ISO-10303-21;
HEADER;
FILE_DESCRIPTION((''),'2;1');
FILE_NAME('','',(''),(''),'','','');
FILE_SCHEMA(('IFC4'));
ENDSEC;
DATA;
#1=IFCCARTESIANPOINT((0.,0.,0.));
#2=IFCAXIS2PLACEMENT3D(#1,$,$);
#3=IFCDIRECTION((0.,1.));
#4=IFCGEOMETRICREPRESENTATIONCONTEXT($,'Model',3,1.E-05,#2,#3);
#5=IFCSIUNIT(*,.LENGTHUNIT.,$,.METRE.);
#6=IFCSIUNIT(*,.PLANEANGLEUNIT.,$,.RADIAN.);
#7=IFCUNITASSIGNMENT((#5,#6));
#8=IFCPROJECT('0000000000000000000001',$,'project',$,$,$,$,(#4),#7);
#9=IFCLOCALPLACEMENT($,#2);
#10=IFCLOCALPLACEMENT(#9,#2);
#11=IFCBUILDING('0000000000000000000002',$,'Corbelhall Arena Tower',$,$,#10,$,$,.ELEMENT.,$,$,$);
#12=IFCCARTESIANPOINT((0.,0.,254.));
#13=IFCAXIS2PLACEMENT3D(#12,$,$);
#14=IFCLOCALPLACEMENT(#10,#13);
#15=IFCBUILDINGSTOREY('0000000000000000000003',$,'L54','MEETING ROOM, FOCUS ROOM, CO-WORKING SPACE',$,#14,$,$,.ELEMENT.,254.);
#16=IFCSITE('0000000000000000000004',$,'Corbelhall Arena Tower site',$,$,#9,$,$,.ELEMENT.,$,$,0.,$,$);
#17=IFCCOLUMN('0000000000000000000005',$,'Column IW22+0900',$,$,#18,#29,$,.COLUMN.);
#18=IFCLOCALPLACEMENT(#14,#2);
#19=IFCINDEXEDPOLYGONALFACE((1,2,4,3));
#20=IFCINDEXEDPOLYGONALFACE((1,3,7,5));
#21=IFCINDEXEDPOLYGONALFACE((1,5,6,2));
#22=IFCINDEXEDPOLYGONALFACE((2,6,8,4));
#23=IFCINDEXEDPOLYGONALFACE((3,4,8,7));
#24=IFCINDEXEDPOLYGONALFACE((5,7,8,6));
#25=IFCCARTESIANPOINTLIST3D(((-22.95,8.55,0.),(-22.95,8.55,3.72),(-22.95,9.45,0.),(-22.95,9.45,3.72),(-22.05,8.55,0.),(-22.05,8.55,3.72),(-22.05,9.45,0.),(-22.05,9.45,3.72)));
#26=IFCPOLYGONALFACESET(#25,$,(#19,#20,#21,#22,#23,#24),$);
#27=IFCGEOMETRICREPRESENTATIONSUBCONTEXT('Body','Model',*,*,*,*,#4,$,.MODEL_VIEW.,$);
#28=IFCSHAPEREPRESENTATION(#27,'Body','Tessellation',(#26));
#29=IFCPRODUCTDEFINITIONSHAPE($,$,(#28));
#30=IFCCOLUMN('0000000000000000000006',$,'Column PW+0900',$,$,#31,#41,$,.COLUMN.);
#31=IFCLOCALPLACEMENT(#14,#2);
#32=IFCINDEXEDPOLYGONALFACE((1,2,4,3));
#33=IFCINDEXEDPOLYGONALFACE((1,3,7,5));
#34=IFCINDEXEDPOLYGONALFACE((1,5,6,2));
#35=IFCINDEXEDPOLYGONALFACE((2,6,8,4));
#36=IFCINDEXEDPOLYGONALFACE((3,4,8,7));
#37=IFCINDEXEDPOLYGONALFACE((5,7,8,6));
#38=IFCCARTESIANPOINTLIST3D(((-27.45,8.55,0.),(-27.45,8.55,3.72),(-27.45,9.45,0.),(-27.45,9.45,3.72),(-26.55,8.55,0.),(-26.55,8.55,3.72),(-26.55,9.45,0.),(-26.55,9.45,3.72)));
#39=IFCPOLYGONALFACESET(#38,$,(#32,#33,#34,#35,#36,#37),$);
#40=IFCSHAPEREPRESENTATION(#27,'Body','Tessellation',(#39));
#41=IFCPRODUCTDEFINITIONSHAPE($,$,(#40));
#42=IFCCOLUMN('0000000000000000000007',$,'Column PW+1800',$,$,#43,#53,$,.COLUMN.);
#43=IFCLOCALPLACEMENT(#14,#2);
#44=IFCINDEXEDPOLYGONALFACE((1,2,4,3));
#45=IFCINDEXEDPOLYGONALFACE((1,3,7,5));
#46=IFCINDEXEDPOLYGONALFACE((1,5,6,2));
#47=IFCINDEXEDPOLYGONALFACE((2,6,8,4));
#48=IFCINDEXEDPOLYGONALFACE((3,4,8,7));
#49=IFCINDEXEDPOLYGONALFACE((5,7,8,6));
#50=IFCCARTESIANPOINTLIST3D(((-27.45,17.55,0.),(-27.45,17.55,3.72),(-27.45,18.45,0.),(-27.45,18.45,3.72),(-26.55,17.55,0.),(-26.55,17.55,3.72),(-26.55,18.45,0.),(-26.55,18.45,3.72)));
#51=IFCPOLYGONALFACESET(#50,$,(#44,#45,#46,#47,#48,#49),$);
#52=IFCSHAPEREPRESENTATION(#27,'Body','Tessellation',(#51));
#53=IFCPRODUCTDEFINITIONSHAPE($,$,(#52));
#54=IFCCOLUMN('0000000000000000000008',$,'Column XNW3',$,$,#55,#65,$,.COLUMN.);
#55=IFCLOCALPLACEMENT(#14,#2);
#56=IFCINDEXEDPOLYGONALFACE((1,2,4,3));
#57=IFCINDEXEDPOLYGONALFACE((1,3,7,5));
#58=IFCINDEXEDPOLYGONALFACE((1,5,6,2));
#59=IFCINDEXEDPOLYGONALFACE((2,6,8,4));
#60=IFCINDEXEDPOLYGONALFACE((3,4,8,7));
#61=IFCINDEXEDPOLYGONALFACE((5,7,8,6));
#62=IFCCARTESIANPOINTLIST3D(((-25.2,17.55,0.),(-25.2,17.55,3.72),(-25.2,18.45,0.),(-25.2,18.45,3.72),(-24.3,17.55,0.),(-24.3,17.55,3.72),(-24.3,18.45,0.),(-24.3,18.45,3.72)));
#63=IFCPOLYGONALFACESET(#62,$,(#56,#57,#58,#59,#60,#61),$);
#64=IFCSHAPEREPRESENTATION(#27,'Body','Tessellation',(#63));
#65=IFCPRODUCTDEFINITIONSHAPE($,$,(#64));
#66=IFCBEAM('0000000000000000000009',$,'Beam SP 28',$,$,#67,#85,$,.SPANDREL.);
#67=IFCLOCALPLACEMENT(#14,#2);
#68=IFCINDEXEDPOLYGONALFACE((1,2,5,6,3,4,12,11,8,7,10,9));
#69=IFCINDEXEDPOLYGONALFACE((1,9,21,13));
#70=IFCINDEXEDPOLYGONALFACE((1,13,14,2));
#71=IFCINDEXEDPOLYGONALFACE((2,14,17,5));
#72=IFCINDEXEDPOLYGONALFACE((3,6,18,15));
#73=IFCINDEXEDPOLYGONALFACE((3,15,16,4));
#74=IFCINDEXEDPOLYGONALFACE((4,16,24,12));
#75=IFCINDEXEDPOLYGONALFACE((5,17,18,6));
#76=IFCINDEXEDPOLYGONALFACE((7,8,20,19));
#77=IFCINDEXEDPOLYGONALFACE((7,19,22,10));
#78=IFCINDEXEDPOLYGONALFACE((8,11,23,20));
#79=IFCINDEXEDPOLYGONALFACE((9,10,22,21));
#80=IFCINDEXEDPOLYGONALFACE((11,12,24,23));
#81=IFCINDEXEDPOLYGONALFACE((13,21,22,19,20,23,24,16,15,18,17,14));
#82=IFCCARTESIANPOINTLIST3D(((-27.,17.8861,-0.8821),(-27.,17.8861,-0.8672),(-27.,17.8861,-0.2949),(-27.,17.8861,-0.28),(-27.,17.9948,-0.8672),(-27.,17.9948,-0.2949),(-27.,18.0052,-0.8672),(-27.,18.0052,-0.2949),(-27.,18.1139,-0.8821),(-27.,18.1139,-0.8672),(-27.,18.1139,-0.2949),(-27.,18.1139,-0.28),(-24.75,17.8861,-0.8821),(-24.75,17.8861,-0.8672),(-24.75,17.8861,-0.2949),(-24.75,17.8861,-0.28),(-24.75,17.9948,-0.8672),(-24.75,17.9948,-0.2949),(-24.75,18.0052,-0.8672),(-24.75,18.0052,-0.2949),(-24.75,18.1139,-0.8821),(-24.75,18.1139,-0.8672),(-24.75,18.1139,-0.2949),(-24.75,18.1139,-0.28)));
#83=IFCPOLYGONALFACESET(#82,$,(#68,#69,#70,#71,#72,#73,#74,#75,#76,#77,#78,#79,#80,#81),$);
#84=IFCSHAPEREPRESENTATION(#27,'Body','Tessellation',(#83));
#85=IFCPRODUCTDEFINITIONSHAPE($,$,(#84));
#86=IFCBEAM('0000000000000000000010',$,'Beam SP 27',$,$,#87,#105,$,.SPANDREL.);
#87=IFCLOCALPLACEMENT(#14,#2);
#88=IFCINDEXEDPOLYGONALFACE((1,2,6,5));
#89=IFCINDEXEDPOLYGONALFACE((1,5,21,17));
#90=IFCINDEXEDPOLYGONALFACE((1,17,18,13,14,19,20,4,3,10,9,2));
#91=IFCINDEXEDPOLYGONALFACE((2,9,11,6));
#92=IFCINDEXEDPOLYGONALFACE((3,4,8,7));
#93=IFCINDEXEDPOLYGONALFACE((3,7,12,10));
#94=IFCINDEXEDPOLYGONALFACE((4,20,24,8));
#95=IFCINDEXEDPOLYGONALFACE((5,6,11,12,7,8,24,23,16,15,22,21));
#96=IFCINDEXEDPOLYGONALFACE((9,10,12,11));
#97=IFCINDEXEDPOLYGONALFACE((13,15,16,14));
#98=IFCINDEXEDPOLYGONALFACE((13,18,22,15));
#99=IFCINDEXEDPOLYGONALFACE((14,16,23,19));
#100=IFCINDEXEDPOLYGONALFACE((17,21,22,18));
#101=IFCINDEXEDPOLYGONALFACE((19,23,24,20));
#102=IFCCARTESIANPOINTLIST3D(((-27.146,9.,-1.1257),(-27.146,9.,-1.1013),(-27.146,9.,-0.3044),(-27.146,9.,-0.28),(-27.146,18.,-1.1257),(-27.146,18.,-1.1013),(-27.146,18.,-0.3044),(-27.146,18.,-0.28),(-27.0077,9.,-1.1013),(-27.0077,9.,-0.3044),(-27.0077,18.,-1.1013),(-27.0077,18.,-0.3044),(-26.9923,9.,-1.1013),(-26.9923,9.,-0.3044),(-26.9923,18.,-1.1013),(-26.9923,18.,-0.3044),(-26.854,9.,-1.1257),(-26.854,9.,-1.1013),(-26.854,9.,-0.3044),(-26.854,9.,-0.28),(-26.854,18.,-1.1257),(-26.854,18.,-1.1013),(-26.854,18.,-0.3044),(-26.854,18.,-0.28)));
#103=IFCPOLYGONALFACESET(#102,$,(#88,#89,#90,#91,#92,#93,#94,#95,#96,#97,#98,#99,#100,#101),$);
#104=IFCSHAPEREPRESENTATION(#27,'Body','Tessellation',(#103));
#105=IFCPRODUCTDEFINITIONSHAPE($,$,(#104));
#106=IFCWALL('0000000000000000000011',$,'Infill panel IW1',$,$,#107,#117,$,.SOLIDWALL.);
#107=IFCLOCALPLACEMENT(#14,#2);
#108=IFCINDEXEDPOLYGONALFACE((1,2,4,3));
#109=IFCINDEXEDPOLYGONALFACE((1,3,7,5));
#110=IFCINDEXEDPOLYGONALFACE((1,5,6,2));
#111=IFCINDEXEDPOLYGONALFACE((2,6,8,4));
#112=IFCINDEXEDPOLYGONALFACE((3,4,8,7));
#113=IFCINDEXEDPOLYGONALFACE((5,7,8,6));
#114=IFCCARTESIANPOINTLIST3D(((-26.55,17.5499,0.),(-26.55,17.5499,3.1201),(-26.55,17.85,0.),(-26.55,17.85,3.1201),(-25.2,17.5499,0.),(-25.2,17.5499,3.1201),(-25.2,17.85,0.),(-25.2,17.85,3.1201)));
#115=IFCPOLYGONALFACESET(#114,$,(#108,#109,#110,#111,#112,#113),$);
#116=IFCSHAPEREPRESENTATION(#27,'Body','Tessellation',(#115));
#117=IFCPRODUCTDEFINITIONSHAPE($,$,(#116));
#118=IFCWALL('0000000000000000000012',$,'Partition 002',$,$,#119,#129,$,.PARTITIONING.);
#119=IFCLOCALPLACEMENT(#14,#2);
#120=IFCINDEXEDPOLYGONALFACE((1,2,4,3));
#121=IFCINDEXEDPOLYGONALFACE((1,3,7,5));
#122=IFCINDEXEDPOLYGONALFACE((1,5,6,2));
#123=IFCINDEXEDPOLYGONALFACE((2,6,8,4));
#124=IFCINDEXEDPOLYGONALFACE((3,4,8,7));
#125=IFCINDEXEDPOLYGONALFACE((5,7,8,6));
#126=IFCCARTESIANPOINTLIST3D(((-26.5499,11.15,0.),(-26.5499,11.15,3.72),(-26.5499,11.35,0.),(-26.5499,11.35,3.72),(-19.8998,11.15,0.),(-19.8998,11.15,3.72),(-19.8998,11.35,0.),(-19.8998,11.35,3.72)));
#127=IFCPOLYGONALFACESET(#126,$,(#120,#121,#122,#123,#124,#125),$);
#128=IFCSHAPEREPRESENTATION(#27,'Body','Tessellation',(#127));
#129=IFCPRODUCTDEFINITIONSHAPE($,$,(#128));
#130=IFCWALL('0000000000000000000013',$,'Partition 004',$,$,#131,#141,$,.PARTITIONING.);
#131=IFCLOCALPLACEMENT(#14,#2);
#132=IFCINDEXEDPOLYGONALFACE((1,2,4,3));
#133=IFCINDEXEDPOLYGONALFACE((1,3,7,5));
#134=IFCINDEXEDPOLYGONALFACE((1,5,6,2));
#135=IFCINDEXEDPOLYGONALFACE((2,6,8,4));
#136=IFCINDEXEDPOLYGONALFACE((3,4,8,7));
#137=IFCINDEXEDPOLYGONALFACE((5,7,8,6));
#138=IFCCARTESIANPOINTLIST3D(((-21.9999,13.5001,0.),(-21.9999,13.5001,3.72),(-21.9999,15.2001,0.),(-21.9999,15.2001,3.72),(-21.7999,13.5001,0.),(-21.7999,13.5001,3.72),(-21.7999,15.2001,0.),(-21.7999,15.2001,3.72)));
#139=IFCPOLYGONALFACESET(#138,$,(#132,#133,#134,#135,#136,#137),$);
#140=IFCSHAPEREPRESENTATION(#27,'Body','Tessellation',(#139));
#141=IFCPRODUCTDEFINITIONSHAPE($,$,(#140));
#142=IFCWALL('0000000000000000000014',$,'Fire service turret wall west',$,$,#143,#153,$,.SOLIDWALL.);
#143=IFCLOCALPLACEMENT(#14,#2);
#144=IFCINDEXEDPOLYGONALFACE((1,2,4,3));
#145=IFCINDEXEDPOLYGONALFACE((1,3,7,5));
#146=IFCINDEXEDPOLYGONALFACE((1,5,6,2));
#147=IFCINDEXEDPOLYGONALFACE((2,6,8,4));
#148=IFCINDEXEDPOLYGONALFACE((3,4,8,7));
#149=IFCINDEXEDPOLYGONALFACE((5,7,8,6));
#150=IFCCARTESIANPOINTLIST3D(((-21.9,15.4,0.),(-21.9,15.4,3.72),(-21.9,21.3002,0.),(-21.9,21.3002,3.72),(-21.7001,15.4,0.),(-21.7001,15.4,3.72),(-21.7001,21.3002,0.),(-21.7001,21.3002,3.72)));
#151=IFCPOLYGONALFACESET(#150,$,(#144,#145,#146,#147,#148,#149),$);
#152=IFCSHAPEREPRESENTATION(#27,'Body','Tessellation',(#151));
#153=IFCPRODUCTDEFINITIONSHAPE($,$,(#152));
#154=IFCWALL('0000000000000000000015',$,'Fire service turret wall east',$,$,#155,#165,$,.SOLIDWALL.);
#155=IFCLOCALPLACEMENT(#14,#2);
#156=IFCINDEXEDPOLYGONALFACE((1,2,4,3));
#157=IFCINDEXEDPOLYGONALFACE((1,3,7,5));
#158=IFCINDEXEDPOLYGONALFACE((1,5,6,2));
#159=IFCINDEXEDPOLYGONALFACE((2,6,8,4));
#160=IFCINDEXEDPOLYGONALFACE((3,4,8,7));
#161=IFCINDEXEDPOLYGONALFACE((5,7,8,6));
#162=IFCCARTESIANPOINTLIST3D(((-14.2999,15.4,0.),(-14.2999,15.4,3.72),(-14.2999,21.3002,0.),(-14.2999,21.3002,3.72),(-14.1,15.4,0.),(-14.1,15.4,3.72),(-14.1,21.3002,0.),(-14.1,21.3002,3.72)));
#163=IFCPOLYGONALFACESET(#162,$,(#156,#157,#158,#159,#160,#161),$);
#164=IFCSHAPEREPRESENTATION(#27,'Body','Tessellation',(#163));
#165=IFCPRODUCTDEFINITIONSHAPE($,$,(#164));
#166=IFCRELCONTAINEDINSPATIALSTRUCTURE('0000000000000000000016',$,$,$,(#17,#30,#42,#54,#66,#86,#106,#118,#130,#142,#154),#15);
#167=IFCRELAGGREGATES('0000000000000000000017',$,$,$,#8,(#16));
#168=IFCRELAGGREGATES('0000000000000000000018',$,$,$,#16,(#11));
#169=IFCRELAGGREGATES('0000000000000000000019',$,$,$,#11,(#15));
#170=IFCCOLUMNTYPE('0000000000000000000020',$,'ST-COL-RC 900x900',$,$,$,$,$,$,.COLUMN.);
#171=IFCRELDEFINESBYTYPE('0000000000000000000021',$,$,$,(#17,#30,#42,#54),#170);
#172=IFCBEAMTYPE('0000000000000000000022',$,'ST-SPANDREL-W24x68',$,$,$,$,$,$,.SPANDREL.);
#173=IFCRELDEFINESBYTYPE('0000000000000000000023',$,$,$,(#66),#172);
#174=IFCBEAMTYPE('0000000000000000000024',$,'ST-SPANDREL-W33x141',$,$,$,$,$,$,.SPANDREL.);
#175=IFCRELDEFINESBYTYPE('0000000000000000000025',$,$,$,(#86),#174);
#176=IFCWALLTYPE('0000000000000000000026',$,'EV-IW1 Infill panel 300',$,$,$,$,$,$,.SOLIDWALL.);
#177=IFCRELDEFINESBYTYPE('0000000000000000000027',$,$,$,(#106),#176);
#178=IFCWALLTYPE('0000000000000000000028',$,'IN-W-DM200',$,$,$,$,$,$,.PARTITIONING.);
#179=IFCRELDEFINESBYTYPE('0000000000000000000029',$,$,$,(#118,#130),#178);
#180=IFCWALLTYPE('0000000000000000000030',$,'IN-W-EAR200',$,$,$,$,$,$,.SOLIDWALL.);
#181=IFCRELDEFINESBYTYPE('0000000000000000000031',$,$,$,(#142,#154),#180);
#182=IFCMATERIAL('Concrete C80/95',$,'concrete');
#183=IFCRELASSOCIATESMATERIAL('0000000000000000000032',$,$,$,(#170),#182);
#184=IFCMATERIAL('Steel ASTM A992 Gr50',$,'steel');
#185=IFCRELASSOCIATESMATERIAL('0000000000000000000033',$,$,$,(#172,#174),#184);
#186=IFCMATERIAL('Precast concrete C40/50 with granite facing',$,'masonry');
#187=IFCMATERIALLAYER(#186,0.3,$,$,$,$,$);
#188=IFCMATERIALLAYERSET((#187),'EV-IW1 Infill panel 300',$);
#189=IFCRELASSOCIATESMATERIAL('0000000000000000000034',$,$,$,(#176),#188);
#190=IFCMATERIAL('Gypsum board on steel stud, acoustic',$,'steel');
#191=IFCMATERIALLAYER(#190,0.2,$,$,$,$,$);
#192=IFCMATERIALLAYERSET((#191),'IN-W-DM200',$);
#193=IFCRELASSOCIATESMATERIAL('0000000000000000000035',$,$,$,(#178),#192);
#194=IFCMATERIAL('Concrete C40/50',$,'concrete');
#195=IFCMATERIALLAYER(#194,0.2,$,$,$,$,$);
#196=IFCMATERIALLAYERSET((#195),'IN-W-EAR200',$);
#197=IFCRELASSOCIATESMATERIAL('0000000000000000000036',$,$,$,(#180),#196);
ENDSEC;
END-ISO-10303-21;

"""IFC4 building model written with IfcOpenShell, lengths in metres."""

from ifc_helpers import new_model, si_unit, direction, frame, frame_2d, origin, origin_2d, place, context, subcontext, project, spatial, rectangle, i_section, extrude, material, layer, layer_set, material_profile, profile_set, type_object, element, save


model = new_model("IFC4")

# Units and contexts
model_context = context("Model", 3, precision=1e-05, world=origin(), true_north=direction((0.0, 1.0)))
body_context = subcontext(model_context, "Body", "Model", "MODEL_VIEW")
ifc_project = project(units=[si_unit("LENGTHUNIT", "METRE"), si_unit("PLANEANGLEUNIT", "RADIAN")], contexts=[model_context])

# Site, building, storey
site_placement = place(None, origin())
site = spatial("IfcSite", under=ifc_project, at=site_placement, Name="Corbelhall Arena Tower site", CompositionType="ELEMENT", RefElevation=0.0)
building_placement = place(site_placement, origin())
building = spatial("IfcBuilding", under=site, at=building_placement, Name="Corbelhall Arena Tower", CompositionType="ELEMENT")
storey_placement = place(building_placement, frame((0.0, 0.0, 254.0)))
storey = spatial("IfcBuildingStorey", under=building, at=storey_placement, Name="L54", Description="MEETING ROOM, FOCUS ROOM, CO-WORKING SPACE", CompositionType="ELEMENT", Elevation=254.0)

# Columns
ifc_material_1 = material(Name="Concrete C80/95", Category="concrete")
ifc_material_profile_1 = material_profile(ifc_material_1, rectangle(XDim=0.8999, YDim=0.8999, at=origin_2d()))
ifc_profile_set_1 = profile_set([ifc_material_profile_1], Name="Concrete C80/95")
column_type = type_object("IfcColumnType", Name="ST-COL-RC 900x900", PredefinedType="COLUMN", material=ifc_profile_set_1)
for number, where, z_axis, x_axis, name in (
    (1, (-22.5, 9.0, 0.0), (0.0, 0.0, 1.0), (1.0, 0.0, 0.0), "Column IW22+0900"),
    (2, (-27.0, 9.0, 0.0), (0.0, 0.0, 1.0), (0.0, 1.0, 0.0), "Column PW+0900"),
    (3, (-27.0, 18.0, 0.0), (0.0, 0.0, 1.0), (0.0, 1.0, 0.0), "Column PW+1800"),
    (4, (-24.75, 18.0, 0.0), (0.0, 0.0, 1.0), (1.0, 0.0, 0.0), "Column XNW3"),
):
    element("IfcColumn", number, at=place(storey_placement, frame(where, z_axis=z_axis, x_axis=x_axis)), inside=storey, type_object=column_type, Name=name, PredefinedType="COLUMN", context=body_context, shape_type="SweptSolid", body=[
        extrude(rectangle(XDim=0.8999, YDim=0.8999, at=origin_2d()), origin(), (0.0, 0.0, 1.0), 3.72),
    ])

# Beams
ifc_material_2 = material(Name="Steel ASTM A992 Gr50", Category="steel")
ifc_material_profile_2 = material_profile(ifc_material_2, i_section(OverallWidth=0.2278, OverallDepth=0.6021, WebThickness=0.0105, FlangeThickness=0.0149, at=origin_2d()))
ifc_profile_set_2 = profile_set([ifc_material_profile_2], Name="Steel ASTM A992 Gr50")
beam_type_1 = type_object("IfcBeamType", Name="ST-SPANDREL-W24x68", PredefinedType="SPANDREL", material=ifc_profile_set_2)
beam_1_placement = place(storey_placement, frame((-27.0, 18.0, -0.5811), z_axis=(1.0, 0.0, 0.0), x_axis=(0.0, 1.0, 0.0)))
element("IfcBeam", 5, at=beam_1_placement, inside=storey, type_object=beam_type_1, Name="Beam SP 28", PredefinedType="SPANDREL", context=body_context, shape_type="SweptSolid", body=[
    extrude(i_section(OverallWidth=0.2278, OverallDepth=0.6021, WebThickness=0.0105, FlangeThickness=0.0149, at=origin_2d()), origin(), (0.0, 0.0, 1.0), 2.25),
])
ifc_material_profile_3 = material_profile(ifc_material_2, i_section(OverallWidth=0.292, OverallDepth=0.8457, WebThickness=0.0154, FlangeThickness=0.0244, at=origin_2d()))
ifc_profile_set_3 = profile_set([ifc_material_profile_3], Name="Steel ASTM A992 Gr50")
beam_type_2 = type_object("IfcBeamType", Name="ST-SPANDREL-W33x141", PredefinedType="SPANDREL", material=ifc_profile_set_3)
beam_2_placement = place(storey_placement, frame((-27.0, 9.0, -0.7029), z_axis=(0.0, 1.0, 0.0), x_axis=(-1.0, 0.0, 0.0)))
element("IfcBeam", 6, at=beam_2_placement, inside=storey, type_object=beam_type_2, Name="Beam SP 27", PredefinedType="SPANDREL", context=body_context, shape_type="SweptSolid", body=[
    extrude(i_section(OverallWidth=0.292, OverallDepth=0.8457, WebThickness=0.0154, FlangeThickness=0.0244, at=origin_2d()), origin(), (0.0, 0.0, 1.0), 9.0),
])

# Wall
ifc_material_3 = material(Name="Precast concrete C40/50 with granite facing", Category="masonry")
ifc_layer_1 = layer(ifc_material_3, 0.3)
ifc_layer_set_1 = layer_set([ifc_layer_1], Name="EV-IW1 Infill panel 300")
wall_type_1 = type_object("IfcWallType", Name="EV-IW1 Infill panel 300", PredefinedType="SOLIDWALL", material=ifc_layer_set_1)
wall_1_placement = place(storey_placement, frame((-25.2, 17.7, 0.0), z_axis=(0.0, 0.0, 1.0), x_axis=(-1.0, 0.0, 0.0)))
element("IfcWall", 7, at=wall_1_placement, inside=storey, type_object=wall_type_1, Name="Infill panel IW1", PredefinedType="SOLIDWALL", context=body_context, shape_type="SweptSolid", body=[
    extrude(rectangle(XDim=1.3501, YDim=0.3, at=frame_2d((0.675, 0.0))), origin(), (0.0, 0.0, 1.0), 3.1201),
])

# Walls
ifc_material_4 = material(Name="Gypsum board on steel stud, acoustic", Category="steel")
ifc_layer_2 = layer(ifc_material_4, 0.2)
ifc_layer_set_2 = layer_set([ifc_layer_2], Name="IN-W-DM200")
wall_type_2 = type_object("IfcWallType", Name="IN-W-DM200", PredefinedType="PARTITIONING", material=ifc_layer_set_2)
wall_2_placement = place(storey_placement, frame((-26.55, 11.25, 0.0), z_axis=(0.0, 0.0, 1.0), x_axis=(1.0, 0.0, 0.0)))
element("IfcWall", 8, at=wall_2_placement, inside=storey, type_object=wall_type_2, Name="Partition 002", PredefinedType="PARTITIONING", context=body_context, shape_type="SweptSolid", body=[
    extrude(rectangle(XDim=6.6501, YDim=0.2, at=frame_2d((3.3252, 0.0))), origin(), (0.0, 0.0, 1.0), 3.72),
])
wall_3_placement = place(storey_placement, frame((-21.8999, 13.5, 0.0), z_axis=(0.0, 0.0, 1.0), x_axis=(0.0, 1.0, 0.0)))
element("IfcWall", 9, at=wall_3_placement, inside=storey, type_object=wall_type_2, Name="Partition 004", PredefinedType="PARTITIONING", context=body_context, shape_type="SweptSolid", body=[
    extrude(rectangle(XDim=1.7, YDim=0.2, at=frame_2d((0.8501, 0.0))), origin(), (0.0, 0.0, 1.0), 3.72),
])

# Shared definitions
ifc_material_5 = material(Name="Concrete C40/50", Category="concrete")
ifc_layer_3 = layer(ifc_material_5, 0.2)
ifc_layer_set_3 = layer_set([ifc_layer_3], Name="IN-W-EAR200")
wall_type_3 = type_object("IfcWallType", Name="IN-W-EAR200", PredefinedType="SOLIDWALL", material=ifc_layer_set_3)

# Walls
for number, where, z_axis, x_axis, name in (
    (10, (-21.8, 15.3999, 0.0), (0.0, 0.0, 1.0), (0.0, 1.0, 0.0), "Fire service turret wall west"),
    (11, (-14.2, 15.3999, 0.0), (0.0, 0.0, 1.0), (0.0, 1.0, 0.0), "Fire service turret wall east"),
):
    element("IfcWall", number, at=place(storey_placement, frame(where, z_axis=z_axis, x_axis=x_axis)), inside=storey, type_object=wall_type_3, Name=name, PredefinedType="SOLIDWALL", context=body_context, shape_type="SweptSolid", body=[
        extrude(rectangle(XDim=5.9001, YDim=0.2, at=frame_2d((2.9502, 0.0))), origin(), (0.0, 0.0, 1.0), 3.72),
    ])

save(model, "model.ifc")
